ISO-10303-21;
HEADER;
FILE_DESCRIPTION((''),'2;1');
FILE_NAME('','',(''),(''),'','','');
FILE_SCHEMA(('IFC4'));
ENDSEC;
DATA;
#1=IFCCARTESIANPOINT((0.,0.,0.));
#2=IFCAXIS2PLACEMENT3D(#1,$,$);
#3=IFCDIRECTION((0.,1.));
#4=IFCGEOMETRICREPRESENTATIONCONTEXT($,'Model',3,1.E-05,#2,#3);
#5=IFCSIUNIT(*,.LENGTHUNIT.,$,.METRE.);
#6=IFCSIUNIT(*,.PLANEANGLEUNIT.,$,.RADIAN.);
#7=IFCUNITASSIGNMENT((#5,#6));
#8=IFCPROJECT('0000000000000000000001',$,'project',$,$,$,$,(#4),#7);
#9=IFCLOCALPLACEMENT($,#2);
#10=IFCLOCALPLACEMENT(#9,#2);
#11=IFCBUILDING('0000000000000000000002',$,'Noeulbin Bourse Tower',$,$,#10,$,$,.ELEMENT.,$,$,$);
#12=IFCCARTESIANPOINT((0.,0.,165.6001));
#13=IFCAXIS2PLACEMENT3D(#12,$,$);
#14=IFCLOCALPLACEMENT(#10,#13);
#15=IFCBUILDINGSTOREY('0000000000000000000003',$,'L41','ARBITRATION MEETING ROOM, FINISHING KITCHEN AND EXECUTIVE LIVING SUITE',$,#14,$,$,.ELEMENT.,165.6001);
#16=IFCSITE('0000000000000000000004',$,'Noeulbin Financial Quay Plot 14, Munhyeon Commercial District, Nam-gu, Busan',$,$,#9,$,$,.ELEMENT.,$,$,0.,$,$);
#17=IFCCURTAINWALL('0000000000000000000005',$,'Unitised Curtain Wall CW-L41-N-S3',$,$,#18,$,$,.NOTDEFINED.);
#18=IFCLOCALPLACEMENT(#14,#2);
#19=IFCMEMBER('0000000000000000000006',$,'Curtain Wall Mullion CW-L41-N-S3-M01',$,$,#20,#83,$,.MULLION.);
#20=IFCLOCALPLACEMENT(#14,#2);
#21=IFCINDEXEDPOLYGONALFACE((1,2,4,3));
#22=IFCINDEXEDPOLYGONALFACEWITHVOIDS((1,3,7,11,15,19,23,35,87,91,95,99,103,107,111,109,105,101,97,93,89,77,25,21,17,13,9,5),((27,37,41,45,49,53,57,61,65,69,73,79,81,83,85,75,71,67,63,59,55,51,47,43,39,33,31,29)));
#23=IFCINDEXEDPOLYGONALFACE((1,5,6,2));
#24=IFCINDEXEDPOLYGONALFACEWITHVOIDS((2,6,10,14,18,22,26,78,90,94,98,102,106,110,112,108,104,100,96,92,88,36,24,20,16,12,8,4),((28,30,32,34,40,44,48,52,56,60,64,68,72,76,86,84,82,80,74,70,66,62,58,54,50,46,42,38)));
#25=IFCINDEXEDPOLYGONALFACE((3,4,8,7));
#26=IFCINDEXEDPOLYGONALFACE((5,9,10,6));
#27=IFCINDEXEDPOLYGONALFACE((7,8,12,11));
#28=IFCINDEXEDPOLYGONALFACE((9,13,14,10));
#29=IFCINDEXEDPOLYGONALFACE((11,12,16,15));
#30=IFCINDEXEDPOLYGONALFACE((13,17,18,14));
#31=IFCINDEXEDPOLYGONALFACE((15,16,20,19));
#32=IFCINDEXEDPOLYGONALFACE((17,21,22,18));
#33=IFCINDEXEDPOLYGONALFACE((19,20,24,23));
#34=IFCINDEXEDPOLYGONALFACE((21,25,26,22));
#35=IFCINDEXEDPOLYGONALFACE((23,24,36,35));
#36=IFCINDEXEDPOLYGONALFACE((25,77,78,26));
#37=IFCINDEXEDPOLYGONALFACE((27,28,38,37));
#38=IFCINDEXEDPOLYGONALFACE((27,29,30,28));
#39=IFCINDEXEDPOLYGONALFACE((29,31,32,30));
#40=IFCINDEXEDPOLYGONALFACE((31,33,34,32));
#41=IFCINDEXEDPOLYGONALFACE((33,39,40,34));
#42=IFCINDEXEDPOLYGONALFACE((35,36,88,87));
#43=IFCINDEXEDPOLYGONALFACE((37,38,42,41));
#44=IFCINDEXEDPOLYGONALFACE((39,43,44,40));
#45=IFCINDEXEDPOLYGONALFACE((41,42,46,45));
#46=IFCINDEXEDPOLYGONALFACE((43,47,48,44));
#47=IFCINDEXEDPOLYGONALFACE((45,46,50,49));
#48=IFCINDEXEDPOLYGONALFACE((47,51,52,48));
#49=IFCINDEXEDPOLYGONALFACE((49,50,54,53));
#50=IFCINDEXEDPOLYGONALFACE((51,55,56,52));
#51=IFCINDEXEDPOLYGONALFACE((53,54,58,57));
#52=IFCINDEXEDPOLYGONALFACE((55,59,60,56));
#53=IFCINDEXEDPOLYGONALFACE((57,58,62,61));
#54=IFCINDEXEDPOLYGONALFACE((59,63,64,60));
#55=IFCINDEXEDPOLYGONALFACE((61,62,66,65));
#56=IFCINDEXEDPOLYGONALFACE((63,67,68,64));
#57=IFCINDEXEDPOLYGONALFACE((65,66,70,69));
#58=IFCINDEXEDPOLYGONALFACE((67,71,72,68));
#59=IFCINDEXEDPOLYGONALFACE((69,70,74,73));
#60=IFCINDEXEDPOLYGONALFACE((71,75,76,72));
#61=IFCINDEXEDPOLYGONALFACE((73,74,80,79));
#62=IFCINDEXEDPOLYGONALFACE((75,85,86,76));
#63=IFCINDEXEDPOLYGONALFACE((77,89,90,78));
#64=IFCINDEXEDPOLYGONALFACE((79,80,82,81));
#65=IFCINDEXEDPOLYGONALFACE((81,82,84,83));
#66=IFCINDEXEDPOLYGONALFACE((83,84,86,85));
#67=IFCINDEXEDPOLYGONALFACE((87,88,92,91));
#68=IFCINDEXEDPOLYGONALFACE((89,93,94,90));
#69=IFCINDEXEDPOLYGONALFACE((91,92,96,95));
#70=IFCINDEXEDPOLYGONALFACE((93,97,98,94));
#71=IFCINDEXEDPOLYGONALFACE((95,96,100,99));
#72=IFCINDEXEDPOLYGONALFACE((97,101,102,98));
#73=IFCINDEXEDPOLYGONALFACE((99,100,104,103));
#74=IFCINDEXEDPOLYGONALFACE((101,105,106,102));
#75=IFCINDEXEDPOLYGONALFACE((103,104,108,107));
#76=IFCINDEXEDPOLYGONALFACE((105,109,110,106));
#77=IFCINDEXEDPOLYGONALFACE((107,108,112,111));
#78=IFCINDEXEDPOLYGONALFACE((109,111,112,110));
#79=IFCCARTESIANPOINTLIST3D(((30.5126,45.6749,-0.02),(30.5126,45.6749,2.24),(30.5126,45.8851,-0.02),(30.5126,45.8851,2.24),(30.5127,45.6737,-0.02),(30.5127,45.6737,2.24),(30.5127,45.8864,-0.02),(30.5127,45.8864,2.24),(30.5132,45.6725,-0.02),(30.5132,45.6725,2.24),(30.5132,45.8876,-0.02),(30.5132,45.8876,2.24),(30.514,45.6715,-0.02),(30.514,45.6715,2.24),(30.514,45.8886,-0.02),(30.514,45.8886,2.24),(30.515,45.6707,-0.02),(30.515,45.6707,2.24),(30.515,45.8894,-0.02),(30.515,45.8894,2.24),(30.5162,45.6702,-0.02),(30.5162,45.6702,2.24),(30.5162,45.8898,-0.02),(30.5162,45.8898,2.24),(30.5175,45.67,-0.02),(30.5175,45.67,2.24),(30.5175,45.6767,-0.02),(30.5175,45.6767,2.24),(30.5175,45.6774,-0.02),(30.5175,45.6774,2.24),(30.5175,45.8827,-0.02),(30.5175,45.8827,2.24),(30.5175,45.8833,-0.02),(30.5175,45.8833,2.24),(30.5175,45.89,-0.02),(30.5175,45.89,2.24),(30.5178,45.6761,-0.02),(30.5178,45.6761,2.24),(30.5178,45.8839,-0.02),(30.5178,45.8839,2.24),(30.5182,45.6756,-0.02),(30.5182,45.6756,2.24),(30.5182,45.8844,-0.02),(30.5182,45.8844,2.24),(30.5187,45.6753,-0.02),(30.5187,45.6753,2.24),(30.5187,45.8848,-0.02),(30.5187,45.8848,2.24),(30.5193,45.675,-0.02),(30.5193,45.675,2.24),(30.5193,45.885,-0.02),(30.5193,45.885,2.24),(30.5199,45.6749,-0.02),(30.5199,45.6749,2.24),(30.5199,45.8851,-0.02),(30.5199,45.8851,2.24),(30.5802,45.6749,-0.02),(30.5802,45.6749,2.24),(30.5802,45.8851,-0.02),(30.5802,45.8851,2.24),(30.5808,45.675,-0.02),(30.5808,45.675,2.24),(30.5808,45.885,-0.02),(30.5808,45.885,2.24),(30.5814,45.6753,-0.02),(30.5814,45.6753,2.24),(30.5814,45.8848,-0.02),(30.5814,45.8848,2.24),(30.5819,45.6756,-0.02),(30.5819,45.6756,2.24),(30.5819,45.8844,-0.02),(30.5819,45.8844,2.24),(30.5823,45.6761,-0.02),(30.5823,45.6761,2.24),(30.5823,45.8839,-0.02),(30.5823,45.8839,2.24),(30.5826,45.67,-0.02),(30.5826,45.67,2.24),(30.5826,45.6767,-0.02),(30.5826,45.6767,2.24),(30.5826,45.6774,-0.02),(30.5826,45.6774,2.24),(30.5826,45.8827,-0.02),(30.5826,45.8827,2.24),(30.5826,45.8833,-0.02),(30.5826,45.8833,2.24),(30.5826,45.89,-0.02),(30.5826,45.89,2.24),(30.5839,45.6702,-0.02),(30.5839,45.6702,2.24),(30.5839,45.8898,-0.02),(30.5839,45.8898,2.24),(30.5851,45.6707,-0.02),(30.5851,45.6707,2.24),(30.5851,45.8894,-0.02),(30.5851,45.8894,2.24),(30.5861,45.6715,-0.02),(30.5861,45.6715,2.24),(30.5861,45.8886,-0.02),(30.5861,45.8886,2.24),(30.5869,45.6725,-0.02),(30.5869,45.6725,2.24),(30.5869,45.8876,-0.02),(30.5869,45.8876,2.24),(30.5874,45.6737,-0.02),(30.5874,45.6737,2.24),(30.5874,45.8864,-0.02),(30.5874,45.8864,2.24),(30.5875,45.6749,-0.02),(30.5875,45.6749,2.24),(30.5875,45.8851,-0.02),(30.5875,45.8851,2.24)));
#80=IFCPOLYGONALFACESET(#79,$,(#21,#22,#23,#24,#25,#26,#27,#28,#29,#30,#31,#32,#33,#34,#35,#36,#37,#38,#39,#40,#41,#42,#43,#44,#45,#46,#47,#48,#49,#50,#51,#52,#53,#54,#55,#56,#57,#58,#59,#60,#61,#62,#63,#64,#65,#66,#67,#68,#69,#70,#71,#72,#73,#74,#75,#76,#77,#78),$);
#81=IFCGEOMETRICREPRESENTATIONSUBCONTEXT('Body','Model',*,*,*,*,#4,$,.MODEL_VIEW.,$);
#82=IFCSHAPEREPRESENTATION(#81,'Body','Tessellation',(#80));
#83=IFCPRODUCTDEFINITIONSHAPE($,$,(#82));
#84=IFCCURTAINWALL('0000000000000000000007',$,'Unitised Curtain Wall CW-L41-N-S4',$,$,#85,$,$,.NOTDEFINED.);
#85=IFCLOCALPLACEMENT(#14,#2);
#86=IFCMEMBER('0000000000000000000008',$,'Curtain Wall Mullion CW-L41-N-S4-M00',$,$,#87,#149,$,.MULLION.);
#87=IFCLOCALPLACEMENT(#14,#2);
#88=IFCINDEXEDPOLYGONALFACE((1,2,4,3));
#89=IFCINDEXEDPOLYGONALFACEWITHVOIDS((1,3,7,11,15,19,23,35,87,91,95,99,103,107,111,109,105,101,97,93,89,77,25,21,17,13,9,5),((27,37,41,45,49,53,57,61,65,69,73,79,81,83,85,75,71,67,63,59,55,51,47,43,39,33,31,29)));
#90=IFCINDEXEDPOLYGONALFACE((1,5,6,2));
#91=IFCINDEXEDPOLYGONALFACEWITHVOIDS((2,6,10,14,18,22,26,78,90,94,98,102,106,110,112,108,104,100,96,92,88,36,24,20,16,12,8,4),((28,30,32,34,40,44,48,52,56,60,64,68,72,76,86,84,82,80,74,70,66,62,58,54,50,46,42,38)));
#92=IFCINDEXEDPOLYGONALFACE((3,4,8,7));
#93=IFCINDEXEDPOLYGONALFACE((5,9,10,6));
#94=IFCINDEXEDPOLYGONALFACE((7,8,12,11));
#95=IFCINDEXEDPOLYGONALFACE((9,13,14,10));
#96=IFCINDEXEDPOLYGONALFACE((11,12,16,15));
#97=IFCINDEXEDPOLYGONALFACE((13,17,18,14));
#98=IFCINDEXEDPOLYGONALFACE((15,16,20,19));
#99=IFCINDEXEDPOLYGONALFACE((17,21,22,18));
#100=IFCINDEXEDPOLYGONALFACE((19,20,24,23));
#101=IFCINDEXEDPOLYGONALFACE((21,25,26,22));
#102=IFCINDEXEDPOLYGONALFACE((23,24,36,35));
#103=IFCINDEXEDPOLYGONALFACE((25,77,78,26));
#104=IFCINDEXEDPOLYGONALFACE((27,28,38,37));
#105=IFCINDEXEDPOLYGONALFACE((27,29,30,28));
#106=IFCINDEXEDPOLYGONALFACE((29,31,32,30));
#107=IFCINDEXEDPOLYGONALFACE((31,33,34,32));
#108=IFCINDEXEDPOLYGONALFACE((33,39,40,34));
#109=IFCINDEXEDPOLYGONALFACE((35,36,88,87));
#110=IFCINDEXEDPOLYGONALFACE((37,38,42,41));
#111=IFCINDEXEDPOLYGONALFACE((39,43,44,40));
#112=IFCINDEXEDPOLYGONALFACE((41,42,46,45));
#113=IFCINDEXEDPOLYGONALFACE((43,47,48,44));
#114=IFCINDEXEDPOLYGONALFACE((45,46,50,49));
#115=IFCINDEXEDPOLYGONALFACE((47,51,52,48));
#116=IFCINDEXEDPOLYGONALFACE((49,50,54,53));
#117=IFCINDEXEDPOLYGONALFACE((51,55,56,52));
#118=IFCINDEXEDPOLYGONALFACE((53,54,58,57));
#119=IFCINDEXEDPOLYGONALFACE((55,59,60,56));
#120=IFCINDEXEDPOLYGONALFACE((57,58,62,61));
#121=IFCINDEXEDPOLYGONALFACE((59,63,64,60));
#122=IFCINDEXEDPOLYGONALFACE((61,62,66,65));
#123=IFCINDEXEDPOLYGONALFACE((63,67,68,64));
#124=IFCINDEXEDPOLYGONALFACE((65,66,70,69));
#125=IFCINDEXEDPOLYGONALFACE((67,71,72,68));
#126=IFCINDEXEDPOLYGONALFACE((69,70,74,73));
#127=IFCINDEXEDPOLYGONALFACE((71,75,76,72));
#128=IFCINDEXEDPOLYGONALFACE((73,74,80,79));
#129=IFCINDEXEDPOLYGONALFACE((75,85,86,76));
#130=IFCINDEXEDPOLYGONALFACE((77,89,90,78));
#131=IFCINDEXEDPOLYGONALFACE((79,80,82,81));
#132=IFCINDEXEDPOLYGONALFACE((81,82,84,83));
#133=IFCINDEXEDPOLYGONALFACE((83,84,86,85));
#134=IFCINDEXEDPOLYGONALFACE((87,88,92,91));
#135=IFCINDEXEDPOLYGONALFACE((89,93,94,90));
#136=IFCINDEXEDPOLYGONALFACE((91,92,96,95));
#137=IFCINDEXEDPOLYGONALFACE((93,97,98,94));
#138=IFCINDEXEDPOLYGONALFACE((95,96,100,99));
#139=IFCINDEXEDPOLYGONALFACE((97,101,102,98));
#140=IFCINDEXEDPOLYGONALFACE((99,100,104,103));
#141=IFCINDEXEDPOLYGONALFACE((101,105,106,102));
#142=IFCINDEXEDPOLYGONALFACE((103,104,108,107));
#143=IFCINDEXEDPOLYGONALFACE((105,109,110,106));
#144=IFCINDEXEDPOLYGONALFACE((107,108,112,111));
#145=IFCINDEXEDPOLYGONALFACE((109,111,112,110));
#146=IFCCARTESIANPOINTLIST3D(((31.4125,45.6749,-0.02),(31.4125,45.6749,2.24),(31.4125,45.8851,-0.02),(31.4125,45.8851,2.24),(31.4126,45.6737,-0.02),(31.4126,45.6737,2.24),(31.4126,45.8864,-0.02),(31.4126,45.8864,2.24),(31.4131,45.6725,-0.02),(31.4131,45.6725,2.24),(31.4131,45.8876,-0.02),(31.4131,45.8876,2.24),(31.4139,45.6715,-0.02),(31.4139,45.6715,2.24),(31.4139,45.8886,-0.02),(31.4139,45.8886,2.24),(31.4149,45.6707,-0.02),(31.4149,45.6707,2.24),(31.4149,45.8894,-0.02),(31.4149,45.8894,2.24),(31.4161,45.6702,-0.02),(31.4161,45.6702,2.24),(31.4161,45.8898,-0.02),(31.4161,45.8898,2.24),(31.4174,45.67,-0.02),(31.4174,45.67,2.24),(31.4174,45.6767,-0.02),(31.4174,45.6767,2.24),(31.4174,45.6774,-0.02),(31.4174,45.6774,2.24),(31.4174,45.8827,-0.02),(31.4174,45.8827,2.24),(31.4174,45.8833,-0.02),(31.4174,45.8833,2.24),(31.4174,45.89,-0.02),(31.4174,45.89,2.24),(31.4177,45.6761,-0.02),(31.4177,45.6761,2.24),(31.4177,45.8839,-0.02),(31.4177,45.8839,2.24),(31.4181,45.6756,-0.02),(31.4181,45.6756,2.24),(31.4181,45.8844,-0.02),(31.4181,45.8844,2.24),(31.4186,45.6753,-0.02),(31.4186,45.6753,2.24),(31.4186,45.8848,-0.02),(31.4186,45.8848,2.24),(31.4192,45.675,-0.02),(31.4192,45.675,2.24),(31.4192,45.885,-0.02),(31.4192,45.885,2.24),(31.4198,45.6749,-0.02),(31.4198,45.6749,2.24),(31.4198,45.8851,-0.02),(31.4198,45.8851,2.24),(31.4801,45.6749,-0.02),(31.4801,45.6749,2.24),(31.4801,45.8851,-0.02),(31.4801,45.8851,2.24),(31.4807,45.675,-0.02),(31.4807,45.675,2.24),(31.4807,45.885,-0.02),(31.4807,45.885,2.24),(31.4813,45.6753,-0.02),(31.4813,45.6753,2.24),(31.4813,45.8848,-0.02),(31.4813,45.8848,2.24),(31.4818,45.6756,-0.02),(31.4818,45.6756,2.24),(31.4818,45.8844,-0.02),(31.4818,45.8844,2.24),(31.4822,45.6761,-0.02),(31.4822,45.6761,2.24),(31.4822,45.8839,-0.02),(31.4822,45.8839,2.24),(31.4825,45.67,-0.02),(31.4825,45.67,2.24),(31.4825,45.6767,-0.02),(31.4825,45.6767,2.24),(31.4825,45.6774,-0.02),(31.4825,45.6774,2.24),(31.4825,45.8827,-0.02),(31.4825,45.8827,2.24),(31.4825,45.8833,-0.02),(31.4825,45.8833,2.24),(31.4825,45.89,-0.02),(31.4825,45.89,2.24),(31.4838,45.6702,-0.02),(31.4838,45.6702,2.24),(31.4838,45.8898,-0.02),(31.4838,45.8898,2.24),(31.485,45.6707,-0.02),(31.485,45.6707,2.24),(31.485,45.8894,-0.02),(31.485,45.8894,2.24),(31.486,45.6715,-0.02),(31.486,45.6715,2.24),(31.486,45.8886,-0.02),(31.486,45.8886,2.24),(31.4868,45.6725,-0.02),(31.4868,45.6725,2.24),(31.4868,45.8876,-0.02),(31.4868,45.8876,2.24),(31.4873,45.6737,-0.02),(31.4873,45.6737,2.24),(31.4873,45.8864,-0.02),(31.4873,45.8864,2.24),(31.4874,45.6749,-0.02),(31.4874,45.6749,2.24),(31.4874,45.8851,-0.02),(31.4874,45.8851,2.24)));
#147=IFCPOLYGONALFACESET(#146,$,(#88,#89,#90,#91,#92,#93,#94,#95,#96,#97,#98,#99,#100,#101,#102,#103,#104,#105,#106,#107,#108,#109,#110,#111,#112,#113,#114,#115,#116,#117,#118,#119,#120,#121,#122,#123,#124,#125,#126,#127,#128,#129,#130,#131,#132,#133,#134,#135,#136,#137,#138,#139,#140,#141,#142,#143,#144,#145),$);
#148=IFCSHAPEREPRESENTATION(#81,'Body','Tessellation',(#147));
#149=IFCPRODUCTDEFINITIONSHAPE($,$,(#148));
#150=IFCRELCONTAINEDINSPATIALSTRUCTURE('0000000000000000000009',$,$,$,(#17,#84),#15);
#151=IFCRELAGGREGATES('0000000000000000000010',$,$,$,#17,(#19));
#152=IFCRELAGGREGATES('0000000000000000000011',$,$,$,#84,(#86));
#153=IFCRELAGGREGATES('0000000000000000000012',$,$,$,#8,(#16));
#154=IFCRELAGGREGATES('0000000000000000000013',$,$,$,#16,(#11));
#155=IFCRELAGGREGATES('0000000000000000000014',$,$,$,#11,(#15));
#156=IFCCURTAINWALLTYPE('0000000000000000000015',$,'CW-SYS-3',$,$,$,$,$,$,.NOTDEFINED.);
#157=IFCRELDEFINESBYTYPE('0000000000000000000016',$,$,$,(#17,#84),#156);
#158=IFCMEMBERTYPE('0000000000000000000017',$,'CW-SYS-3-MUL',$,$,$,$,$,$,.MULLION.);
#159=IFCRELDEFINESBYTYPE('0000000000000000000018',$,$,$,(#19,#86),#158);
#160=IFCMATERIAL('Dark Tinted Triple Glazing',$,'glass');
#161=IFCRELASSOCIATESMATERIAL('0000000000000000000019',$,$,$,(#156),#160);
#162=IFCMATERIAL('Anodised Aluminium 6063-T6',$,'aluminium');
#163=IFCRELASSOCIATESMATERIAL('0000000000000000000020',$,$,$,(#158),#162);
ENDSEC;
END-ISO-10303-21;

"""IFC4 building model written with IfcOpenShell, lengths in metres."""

from ifc_helpers import new_model, si_unit, direction, frame, origin, origin_2d, place, context, subcontext, project, spatial, hollow_rectangle, extrude, material, material_profile, profile_set, type_object, element, aggregate, save


model = new_model("IFC4")

# Units and contexts
model_context = context("Model", 3, precision=1e-05, world=origin(), true_north=direction((0.0, 1.0)))
body_context = subcontext(model_context, "Body", "Model", "MODEL_VIEW")
ifc_project = project(units=[si_unit("LENGTHUNIT", "METRE"), si_unit("PLANEANGLEUNIT", "RADIAN")], contexts=[model_context])

# Site, building, storey
site_placement = place(None, origin())
site = spatial("IfcSite", under=ifc_project, at=site_placement, Name="Noeulbin Financial Quay Plot 14, Munhyeon Commercial District, Nam-gu, Busan", CompositionType="ELEMENT", RefElevation=0.0)
building_placement = place(site_placement, origin())
building = spatial("IfcBuilding", under=site, at=building_placement, Name="Noeulbin Bourse Tower", CompositionType="ELEMENT")
storey_placement = place(building_placement, frame((0.0, 0.0, 165.6001)))
storey = spatial("IfcBuildingStorey", under=building, at=storey_placement, Name="L41", Description="ARBITRATION MEETING ROOM, FINISHING KITCHEN AND EXECUTIVE LIVING SUITE", CompositionType="ELEMENT", Elevation=165.6001)

# Curtain wall, member
ifc_material_1 = material(Name="Dark Tinted Triple Glazing", Category="glass")
curtain_wall_type = type_object("IfcCurtainWallType", Name="CW-SYS-3", PredefinedType="NOTDEFINED", material=ifc_material_1)
curtain_wall_1_placement = place(storey_placement, origin())
curtain_wall_1 = element("IfcCurtainWall", 1, at=curtain_wall_1_placement, inside=storey, type_object=curtain_wall_type, Name="Unitised Curtain Wall CW-L41-N-S3", PredefinedType="NOTDEFINED")
ifc_material_2 = material(Name="Anodised Aluminium 6063-T6", Category="aluminium")
ifc_material_profile_1 = material_profile(ifc_material_2, hollow_rectangle(XDim=0.075, YDim=0.22, WallThickness=0.0049, InnerFilletRadius=0.0024, OuterFilletRadius=0.0049, at=origin_2d()), Name="ALU-MULL-75x220x5", Category="LoadBearing")
ifc_profile_set_1 = profile_set([ifc_material_profile_1], Name="Anodised Aluminium 6063-T6")
member_type_1 = type_object("IfcMemberType", Name="CW-SYS-3-MUL", PredefinedType="MULLION", material=ifc_profile_set_1)
member_1_placement = place(storey_placement, frame((30.55, 45.78, -0.02), z_axis=(0.0, 0.0, 1.0), x_axis=(1.0, 0.0, 0.0)))
member_1 = element("IfcMember", 2, at=member_1_placement, type_object=member_type_1, Name="Curtain Wall Mullion CW-L41-N-S3-M01", PredefinedType="MULLION", context=body_context, shape_type="SweptSolid", body=[
    extrude(hollow_rectangle(XDim=0.075, YDim=0.22, WallThickness=0.0049, InnerFilletRadius=0.0024, OuterFilletRadius=0.0049, at=origin_2d()), origin(), (0.0, 0.0, 1.0), 2.26),
])
aggregate(curtain_wall_1, [member_1])

# Curtain wall, member
curtain_wall_2_placement = place(storey_placement, origin())
curtain_wall_2 = element("IfcCurtainWall", 3, at=curtain_wall_2_placement, inside=storey, type_object=curtain_wall_type, Name="Unitised Curtain Wall CW-L41-N-S4", PredefinedType="NOTDEFINED")
member_2_placement = place(storey_placement, frame((31.45, 45.78, -0.02), z_axis=(0.0, 0.0, 1.0), x_axis=(1.0, 0.0, 0.0)))
member_2 = element("IfcMember", 4, at=member_2_placement, type_object=member_type_1, Name="Curtain Wall Mullion CW-L41-N-S4-M00", PredefinedType="MULLION", context=body_context, shape_type="SweptSolid", body=[
    extrude(hollow_rectangle(XDim=0.075, YDim=0.22, WallThickness=0.0049, InnerFilletRadius=0.0024, OuterFilletRadius=0.0049, at=origin_2d()), origin(), (0.0, 0.0, 1.0), 2.26),
])

aggregate(curtain_wall_2, [member_2])

save(model, "model.ifc")
